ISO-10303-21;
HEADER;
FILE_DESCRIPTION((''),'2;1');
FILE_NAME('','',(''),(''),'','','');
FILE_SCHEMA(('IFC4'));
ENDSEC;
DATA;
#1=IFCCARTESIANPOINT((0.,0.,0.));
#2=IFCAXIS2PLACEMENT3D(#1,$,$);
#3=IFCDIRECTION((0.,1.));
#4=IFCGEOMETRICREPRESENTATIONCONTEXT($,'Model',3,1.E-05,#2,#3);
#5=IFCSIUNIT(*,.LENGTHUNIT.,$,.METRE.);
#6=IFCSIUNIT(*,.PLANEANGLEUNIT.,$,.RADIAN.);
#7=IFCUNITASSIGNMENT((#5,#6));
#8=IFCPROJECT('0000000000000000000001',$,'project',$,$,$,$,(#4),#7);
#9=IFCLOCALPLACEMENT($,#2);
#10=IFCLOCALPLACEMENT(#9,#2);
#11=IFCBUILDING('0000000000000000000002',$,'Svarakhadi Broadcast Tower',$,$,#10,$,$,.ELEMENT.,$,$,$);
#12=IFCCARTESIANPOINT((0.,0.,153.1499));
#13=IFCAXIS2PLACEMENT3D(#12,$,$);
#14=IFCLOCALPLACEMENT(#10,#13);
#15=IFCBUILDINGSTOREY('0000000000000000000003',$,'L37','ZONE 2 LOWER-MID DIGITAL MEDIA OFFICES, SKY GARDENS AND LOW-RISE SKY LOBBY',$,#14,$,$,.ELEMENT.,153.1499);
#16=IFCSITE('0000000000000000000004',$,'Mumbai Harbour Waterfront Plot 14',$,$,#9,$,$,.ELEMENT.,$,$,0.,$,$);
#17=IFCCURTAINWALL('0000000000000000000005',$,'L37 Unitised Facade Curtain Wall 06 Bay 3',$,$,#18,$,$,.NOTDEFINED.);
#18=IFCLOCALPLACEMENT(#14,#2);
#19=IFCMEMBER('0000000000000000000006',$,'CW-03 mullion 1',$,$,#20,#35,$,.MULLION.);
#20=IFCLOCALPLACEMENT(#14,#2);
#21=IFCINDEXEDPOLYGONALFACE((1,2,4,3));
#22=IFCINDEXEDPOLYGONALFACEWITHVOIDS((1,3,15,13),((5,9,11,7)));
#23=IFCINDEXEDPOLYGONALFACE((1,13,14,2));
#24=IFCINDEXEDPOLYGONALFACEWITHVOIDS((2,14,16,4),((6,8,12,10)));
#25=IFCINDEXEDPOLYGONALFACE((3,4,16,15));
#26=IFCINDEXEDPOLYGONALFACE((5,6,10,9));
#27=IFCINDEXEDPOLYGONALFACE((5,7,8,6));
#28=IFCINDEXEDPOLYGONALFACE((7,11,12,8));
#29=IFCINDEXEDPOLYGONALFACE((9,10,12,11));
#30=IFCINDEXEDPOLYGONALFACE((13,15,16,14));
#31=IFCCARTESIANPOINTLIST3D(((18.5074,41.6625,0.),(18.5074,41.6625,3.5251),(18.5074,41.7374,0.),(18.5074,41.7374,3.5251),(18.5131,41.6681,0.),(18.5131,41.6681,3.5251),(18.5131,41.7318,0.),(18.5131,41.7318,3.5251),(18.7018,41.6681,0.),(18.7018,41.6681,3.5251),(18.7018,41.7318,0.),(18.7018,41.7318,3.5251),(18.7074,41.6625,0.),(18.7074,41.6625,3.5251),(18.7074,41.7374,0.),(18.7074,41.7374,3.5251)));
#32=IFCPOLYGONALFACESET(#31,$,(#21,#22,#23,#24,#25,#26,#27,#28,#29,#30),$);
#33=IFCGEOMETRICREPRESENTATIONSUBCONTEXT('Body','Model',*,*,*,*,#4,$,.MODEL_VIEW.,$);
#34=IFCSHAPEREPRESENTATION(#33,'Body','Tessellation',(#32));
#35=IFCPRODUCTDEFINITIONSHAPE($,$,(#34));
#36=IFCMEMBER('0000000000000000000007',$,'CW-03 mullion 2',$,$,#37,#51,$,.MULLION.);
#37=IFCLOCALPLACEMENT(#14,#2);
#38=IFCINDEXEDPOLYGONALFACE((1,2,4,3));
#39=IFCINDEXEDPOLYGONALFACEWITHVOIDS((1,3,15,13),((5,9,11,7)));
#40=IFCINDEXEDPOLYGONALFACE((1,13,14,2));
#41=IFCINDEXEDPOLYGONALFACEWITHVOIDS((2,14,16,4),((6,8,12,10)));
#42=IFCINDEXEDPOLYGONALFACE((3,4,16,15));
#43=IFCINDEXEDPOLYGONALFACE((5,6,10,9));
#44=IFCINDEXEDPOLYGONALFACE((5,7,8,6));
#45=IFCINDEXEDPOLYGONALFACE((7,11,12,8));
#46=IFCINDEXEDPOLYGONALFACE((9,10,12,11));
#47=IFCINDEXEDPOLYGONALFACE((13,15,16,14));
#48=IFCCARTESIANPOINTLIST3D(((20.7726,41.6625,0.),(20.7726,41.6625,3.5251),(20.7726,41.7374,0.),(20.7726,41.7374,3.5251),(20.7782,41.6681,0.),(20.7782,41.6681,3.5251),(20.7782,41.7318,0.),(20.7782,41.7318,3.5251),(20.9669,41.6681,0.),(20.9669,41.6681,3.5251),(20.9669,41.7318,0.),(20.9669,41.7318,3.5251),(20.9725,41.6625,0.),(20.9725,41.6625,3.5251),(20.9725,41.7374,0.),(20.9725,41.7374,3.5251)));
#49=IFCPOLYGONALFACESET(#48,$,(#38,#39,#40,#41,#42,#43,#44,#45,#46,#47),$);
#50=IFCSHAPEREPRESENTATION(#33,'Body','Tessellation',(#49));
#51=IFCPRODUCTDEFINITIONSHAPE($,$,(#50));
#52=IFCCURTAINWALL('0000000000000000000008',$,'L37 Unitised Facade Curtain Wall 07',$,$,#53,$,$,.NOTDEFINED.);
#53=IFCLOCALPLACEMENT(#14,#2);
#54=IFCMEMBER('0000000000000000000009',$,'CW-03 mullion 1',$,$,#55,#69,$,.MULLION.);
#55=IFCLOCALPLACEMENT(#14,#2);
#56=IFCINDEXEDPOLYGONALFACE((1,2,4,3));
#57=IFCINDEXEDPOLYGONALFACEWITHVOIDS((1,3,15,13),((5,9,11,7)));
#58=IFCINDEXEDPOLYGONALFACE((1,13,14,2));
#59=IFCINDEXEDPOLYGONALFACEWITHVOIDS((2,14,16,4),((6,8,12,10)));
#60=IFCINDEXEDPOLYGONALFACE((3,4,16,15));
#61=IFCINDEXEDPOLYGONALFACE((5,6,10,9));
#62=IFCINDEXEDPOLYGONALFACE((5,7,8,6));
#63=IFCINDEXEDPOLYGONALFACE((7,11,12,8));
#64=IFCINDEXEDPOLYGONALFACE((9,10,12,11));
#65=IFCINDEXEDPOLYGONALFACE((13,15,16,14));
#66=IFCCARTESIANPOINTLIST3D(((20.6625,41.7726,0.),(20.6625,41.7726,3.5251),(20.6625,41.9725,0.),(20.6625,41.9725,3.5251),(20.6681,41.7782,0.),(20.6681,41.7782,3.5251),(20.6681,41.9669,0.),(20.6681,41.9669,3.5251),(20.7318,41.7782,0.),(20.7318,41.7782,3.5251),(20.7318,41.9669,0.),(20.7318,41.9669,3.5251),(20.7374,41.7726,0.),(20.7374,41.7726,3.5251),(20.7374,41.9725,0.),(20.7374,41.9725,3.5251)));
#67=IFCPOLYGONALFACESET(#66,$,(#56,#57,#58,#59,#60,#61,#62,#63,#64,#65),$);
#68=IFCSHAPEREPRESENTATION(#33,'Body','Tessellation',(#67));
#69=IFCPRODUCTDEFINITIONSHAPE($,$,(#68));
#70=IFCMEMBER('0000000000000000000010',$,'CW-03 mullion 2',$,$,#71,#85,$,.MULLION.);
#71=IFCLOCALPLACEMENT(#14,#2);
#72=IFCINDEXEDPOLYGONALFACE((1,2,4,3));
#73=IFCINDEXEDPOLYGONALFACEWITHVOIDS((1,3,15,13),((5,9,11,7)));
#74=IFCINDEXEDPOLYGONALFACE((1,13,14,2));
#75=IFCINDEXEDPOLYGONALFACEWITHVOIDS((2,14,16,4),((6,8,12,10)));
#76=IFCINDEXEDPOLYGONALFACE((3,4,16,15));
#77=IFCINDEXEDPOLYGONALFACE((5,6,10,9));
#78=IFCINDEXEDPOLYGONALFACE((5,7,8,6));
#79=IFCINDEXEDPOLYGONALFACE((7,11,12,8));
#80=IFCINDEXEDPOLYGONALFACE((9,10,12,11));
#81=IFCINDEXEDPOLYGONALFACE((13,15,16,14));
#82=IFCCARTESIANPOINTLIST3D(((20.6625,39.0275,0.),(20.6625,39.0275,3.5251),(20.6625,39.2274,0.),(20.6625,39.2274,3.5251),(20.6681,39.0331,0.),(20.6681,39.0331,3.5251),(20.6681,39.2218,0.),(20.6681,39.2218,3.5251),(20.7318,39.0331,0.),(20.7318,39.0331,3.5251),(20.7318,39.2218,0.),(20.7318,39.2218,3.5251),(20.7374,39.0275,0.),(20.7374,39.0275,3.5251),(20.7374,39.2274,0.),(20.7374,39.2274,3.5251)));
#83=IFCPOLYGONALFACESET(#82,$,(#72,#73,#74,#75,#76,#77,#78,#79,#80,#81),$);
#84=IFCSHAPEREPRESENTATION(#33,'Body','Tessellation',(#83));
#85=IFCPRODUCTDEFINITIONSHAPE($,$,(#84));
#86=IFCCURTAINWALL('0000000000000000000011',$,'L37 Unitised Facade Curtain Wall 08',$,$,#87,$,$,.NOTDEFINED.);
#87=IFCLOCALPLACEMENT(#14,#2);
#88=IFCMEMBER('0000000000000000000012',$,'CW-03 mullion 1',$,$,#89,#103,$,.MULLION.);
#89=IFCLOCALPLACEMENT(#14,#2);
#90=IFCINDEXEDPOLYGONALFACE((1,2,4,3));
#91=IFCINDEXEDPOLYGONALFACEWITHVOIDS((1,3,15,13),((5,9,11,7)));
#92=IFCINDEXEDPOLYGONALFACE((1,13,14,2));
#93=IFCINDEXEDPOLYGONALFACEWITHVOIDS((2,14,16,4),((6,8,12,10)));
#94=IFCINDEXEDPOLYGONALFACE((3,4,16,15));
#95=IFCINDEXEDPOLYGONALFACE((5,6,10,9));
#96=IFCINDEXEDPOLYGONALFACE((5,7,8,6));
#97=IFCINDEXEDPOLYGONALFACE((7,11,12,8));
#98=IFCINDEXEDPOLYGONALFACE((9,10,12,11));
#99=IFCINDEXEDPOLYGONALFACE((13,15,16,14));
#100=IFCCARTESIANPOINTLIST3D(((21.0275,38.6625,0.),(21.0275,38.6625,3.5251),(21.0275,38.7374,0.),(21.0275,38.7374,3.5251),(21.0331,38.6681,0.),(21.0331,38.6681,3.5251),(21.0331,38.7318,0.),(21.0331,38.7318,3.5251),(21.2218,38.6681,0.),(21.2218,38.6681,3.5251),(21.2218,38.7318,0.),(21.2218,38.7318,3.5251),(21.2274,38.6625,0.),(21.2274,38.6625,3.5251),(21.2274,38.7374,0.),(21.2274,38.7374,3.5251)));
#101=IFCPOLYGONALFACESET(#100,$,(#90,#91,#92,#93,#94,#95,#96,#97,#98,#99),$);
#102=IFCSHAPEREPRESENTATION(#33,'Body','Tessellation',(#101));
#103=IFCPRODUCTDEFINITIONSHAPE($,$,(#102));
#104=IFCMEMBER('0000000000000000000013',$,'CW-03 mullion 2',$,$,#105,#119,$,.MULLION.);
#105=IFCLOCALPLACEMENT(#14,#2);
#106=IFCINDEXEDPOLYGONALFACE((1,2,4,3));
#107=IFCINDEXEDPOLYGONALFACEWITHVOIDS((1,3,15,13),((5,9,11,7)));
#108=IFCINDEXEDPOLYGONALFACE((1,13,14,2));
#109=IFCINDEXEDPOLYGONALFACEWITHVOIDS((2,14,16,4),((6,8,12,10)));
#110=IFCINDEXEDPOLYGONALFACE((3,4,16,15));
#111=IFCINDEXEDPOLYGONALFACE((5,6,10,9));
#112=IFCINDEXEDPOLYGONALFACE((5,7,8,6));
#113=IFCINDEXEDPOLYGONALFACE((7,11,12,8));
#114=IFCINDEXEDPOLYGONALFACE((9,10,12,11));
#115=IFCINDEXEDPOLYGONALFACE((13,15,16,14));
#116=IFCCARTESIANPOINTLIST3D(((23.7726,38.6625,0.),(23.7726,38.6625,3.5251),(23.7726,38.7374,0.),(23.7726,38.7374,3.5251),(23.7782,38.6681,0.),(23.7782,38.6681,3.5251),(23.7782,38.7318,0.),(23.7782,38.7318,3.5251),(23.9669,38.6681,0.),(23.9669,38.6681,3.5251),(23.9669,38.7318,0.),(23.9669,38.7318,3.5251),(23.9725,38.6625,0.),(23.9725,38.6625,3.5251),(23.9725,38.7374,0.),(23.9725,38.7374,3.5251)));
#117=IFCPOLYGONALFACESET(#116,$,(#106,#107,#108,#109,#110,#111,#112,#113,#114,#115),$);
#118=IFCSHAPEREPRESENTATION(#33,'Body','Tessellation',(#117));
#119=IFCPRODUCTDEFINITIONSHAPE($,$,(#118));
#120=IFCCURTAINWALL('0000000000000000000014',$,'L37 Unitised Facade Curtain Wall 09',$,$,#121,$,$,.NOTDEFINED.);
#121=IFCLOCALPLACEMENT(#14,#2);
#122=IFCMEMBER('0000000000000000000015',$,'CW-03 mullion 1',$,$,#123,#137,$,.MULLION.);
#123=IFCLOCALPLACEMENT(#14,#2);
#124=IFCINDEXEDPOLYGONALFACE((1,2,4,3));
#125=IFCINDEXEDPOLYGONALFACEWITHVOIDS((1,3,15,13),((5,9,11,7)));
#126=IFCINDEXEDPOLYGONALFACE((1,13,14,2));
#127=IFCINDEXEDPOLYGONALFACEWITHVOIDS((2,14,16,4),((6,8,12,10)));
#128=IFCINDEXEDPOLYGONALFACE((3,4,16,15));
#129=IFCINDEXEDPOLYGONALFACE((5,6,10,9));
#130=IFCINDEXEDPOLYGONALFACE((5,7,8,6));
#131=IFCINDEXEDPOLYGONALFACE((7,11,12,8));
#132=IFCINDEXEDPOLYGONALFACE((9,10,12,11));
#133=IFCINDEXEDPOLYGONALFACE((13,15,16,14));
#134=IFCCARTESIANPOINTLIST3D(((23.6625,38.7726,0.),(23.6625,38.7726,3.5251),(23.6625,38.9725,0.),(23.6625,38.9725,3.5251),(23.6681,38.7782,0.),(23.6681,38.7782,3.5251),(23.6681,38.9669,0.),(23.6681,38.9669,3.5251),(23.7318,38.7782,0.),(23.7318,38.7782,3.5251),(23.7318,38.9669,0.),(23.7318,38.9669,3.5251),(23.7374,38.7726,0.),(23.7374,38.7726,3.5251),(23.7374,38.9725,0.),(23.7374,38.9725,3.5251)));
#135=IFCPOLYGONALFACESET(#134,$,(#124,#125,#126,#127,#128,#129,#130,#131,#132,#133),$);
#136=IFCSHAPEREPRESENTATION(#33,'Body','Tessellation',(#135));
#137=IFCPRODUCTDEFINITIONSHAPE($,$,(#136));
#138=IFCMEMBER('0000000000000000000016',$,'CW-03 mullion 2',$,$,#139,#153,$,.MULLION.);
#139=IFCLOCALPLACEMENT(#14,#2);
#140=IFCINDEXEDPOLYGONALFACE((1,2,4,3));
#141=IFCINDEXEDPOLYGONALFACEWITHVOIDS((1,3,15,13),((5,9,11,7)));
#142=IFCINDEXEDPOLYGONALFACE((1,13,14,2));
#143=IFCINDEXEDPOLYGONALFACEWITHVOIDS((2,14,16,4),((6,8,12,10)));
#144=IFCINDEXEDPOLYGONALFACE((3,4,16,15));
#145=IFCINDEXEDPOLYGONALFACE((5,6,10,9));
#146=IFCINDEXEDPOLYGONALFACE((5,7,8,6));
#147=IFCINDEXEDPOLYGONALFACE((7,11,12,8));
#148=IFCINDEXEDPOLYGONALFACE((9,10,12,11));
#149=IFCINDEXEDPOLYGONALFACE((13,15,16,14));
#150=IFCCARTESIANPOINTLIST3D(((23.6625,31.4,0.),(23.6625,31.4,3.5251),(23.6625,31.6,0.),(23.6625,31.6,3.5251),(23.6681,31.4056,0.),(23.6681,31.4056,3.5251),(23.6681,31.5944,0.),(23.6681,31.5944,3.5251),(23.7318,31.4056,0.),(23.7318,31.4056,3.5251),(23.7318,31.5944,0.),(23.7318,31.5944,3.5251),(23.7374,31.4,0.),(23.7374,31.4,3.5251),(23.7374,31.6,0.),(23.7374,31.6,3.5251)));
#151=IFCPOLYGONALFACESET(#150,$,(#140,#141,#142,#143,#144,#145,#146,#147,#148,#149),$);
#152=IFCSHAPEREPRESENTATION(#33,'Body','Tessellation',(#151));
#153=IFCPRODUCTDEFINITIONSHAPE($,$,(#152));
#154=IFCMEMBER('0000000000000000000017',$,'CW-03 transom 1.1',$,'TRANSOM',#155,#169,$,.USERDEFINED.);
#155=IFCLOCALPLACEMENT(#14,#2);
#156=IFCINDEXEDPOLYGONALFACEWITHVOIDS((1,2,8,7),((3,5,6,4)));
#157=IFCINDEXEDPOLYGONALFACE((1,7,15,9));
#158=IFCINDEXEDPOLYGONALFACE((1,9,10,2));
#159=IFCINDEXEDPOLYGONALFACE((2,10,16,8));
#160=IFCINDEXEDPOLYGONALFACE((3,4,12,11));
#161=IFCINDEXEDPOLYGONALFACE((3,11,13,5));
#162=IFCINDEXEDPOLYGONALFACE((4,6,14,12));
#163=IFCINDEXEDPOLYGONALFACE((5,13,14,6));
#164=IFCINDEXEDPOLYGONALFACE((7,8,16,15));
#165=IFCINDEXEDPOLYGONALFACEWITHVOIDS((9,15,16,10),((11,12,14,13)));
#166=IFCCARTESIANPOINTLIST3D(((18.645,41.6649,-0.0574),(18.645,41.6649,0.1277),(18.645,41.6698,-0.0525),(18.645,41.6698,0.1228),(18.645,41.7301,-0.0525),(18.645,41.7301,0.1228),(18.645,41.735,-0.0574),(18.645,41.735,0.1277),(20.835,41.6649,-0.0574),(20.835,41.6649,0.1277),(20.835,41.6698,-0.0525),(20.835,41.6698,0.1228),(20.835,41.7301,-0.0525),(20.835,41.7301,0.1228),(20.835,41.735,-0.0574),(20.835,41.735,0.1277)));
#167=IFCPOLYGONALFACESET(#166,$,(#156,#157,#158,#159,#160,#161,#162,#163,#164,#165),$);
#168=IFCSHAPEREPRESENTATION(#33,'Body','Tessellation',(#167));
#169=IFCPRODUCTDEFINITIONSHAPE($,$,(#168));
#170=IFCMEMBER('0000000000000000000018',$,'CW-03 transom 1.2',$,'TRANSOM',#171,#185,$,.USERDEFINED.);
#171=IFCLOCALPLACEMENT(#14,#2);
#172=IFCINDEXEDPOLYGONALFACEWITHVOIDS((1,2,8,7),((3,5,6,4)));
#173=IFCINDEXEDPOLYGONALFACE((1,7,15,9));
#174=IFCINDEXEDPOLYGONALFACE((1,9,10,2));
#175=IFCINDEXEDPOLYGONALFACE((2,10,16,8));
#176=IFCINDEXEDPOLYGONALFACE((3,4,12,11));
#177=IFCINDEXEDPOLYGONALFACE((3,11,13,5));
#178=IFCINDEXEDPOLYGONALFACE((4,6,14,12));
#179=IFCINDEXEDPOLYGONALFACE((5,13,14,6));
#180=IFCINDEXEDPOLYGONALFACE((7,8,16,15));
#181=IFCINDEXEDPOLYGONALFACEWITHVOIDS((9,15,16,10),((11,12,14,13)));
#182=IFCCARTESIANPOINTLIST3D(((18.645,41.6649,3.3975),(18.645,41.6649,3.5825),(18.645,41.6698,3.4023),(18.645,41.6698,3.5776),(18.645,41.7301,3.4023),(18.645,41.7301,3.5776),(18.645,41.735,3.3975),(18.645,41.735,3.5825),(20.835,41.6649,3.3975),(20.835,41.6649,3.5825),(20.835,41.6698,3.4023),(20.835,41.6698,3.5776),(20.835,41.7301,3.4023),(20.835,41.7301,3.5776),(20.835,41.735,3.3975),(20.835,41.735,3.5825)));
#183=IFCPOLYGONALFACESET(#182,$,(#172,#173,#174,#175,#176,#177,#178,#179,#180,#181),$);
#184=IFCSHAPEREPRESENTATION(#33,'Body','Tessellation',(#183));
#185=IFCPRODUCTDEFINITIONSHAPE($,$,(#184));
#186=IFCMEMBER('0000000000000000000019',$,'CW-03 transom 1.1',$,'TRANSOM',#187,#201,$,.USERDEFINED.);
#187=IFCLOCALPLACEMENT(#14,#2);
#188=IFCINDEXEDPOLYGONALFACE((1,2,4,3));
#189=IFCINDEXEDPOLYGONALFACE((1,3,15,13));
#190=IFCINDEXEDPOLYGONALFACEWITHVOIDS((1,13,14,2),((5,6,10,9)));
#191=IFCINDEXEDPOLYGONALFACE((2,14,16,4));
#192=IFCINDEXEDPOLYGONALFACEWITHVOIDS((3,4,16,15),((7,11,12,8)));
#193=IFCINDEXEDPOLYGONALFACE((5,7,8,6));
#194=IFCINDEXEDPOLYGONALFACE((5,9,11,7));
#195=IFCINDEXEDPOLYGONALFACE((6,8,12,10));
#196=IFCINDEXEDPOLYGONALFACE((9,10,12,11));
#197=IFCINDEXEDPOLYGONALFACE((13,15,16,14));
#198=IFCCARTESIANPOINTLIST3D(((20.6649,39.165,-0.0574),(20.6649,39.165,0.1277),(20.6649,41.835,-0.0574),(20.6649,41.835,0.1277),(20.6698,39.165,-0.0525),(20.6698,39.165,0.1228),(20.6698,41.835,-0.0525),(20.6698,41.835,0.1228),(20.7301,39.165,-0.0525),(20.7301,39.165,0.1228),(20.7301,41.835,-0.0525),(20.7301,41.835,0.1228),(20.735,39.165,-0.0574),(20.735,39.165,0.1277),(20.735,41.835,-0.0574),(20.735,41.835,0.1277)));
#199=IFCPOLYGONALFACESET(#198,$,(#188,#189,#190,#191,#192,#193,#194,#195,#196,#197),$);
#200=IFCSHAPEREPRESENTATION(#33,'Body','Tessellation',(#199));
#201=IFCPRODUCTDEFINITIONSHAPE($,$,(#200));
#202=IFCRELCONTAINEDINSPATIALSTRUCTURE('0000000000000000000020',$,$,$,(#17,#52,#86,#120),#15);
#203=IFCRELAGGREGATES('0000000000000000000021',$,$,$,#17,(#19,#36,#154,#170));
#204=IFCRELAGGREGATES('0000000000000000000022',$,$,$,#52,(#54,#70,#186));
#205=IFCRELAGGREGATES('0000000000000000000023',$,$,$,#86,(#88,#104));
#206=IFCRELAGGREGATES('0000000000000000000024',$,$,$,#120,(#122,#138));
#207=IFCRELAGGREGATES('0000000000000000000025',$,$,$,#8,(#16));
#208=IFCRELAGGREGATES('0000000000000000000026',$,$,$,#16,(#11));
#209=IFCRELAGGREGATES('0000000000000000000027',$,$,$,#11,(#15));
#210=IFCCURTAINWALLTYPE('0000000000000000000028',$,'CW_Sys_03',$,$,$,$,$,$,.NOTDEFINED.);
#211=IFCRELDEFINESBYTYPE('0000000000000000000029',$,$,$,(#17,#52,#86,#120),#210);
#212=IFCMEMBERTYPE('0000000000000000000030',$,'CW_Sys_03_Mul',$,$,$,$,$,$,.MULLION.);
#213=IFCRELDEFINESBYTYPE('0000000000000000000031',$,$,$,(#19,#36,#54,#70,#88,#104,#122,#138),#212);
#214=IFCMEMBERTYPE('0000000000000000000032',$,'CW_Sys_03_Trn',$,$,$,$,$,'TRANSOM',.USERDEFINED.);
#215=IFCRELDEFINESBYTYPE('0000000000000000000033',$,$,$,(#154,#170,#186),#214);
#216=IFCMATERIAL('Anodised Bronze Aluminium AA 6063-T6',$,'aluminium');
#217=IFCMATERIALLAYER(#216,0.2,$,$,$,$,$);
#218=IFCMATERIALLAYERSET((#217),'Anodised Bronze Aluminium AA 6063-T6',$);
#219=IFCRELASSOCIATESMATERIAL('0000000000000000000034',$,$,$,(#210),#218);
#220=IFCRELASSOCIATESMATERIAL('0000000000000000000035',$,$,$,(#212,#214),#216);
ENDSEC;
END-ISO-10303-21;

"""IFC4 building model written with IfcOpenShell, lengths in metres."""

from ifc_helpers import new_model, si_unit, direction, frame, origin, origin_2d, place, context, subcontext, project, spatial, hollow_rectangle, extrude, material, layer, layer_set, material_profile, profile_set, type_object, element, aggregate, save


model = new_model("IFC4")

# Units and contexts
model_context = context("Model", 3, precision=1e-05, world=origin(), true_north=direction((0.0, 1.0)))
body_context = subcontext(model_context, "Body", "Model", "MODEL_VIEW")
ifc_project = project(units=[si_unit("LENGTHUNIT", "METRE"), si_unit("PLANEANGLEUNIT", "RADIAN")], contexts=[model_context])

# Site, building, storey
site_placement = place(None, origin())
site = spatial("IfcSite", under=ifc_project, at=site_placement, Name="Mumbai Harbour Waterfront Plot 14", CompositionType="ELEMENT", RefElevation=0.0)
building_placement = place(site_placement, origin())
building = spatial("IfcBuilding", under=site, at=building_placement, Name="Svarakhadi Broadcast Tower", CompositionType="ELEMENT")
storey_placement = place(building_placement, frame((0.0, 0.0, 153.1499)))
storey = spatial("IfcBuildingStorey", under=building, at=storey_placement, Name="L37", Description="ZONE 2 LOWER-MID DIGITAL MEDIA OFFICES, SKY GARDENS AND LOW-RISE SKY LOBBY", CompositionType="ELEMENT", Elevation=153.1499)

# Curtain walls, members
ifc_material_1 = material(Name="Anodised Bronze Aluminium AA 6063-T6", Category="aluminium")
ifc_layer_1 = layer(ifc_material_1, 0.2)
ifc_layer_set_1 = layer_set([ifc_layer_1], Name="Anodised Bronze Aluminium AA 6063-T6")
curtain_wall_type = type_object("IfcCurtainWallType", Name="CW_Sys_03", PredefinedType="NOTDEFINED", material=ifc_layer_set_1)
curtain_wall_1_placement = place(storey_placement, origin())
curtain_wall_1 = element("IfcCurtainWall", 1, at=curtain_wall_1_placement, inside=storey, type_object=curtain_wall_type, Name="L37 Unitised Facade Curtain Wall 06 Bay 3", PredefinedType="NOTDEFINED")
ifc_material_profile_1 = material_profile(ifc_material_1, hollow_rectangle(XDim=0.075, YDim=0.2, WallThickness=0.0056, at=origin_2d()), Name="ALU MULLION 200x75x6")
ifc_profile_set_1 = profile_set([ifc_material_profile_1], Name="Anodised Bronze Aluminium AA 6063-T6")
member_type_1 = type_object("IfcMemberType", Name="CW_Sys_03_Mul", PredefinedType="MULLION", material=ifc_profile_set_1)
member_1_placement = place(storey_placement, frame((18.6074, 41.7, 0.0), z_axis=(0.0, 0.0, 1.0), x_axis=(0.0, 1.0, 0.0)))
member_1 = element("IfcMember", 2, at=member_1_placement, type_object=member_type_1, Name="CW-03 mullion 1", PredefinedType="MULLION", context=body_context, shape_type="SweptSolid", body=[
    extrude(hollow_rectangle(XDim=0.075, YDim=0.2, WallThickness=0.0056, at=origin_2d()), origin(), (0.0, 0.0, 1.0), 3.5251),
])
member_2_placement = place(storey_placement, frame((20.8726, 41.7, 0.0), z_axis=(0.0, 0.0, 1.0), x_axis=(0.0, 1.0, 0.0)))
member_2 = element("IfcMember", 3, at=member_2_placement, type_object=member_type_1, Name="CW-03 mullion 2", PredefinedType="MULLION", context=body_context, shape_type="SweptSolid", body=[
    extrude(hollow_rectangle(XDim=0.075, YDim=0.2, WallThickness=0.0056, at=origin_2d()), origin(), (0.0, 0.0, 1.0), 3.5251),
])
curtain_wall_2_placement = place(storey_placement, origin())
curtain_wall_2 = element("IfcCurtainWall", 4, at=curtain_wall_2_placement, inside=storey, type_object=curtain_wall_type, Name="L37 Unitised Facade Curtain Wall 07", PredefinedType="NOTDEFINED")
member_3_placement = place(storey_placement, frame((20.7, 41.8726, 0.0), z_axis=(0.0, 0.0, 1.0), x_axis=(1.0, 0.0, 0.0)))
member_3 = element("IfcMember", 5, at=member_3_placement, type_object=member_type_1, Name="CW-03 mullion 1", PredefinedType="MULLION", context=body_context, shape_type="SweptSolid", body=[
    extrude(hollow_rectangle(XDim=0.075, YDim=0.2, WallThickness=0.0056, at=origin_2d()), origin(), (0.0, 0.0, 1.0), 3.5251),
])
member_4_placement = place(storey_placement, frame((20.7, 39.1274, 0.0), z_axis=(0.0, 0.0, 1.0), x_axis=(1.0, 0.0, 0.0)))
member_4 = element("IfcMember", 6, at=member_4_placement, type_object=member_type_1, Name="CW-03 mullion 2", PredefinedType="MULLION", context=body_context, shape_type="SweptSolid", body=[
    extrude(hollow_rectangle(XDim=0.075, YDim=0.2, WallThickness=0.0056, at=origin_2d()), origin(), (0.0, 0.0, 1.0), 3.5251),
])
curtain_wall_3_placement = place(storey_placement, origin())
curtain_wall_3 = element("IfcCurtainWall", 7, at=curtain_wall_3_placement, inside=storey, type_object=curtain_wall_type, Name="L37 Unitised Facade Curtain Wall 08", PredefinedType="NOTDEFINED")
member_5_placement = place(storey_placement, frame((21.1274, 38.7, 0.0), z_axis=(0.0, 0.0, 1.0), x_axis=(0.0, 1.0, 0.0)))
member_5 = element("IfcMember", 8, at=member_5_placement, type_object=member_type_1, Name="CW-03 mullion 1", PredefinedType="MULLION", context=body_context, shape_type="SweptSolid", body=[
    extrude(hollow_rectangle(XDim=0.075, YDim=0.2, WallThickness=0.0056, at=origin_2d()), origin(), (0.0, 0.0, 1.0), 3.5251),
])
member_6_placement = place(storey_placement, frame((23.8726, 38.7, 0.0), z_axis=(0.0, 0.0, 1.0), x_axis=(0.0, 1.0, 0.0)))
member_6 = element("IfcMember", 9, at=member_6_placement, type_object=member_type_1, Name="CW-03 mullion 2", PredefinedType="MULLION", context=body_context, shape_type="SweptSolid", body=[
    extrude(hollow_rectangle(XDim=0.075, YDim=0.2, WallThickness=0.0056, at=origin_2d()), origin(), (0.0, 0.0, 1.0), 3.5251),
])
curtain_wall_4_placement = place(storey_placement, origin())
curtain_wall_4 = element("IfcCurtainWall", 10, at=curtain_wall_4_placement, inside=storey, type_object=curtain_wall_type, Name="L37 Unitised Facade Curtain Wall 09", PredefinedType="NOTDEFINED")
member_7_placement = place(storey_placement, frame((23.7, 38.8726, 0.0), z_axis=(0.0, 0.0, 1.0), x_axis=(1.0, 0.0, 0.0)))
member_7 = element("IfcMember", 11, at=member_7_placement, type_object=member_type_1, Name="CW-03 mullion 1", PredefinedType="MULLION", context=body_context, shape_type="SweptSolid", body=[
    extrude(hollow_rectangle(XDim=0.075, YDim=0.2, WallThickness=0.0056, at=origin_2d()), origin(), (0.0, 0.0, 1.0), 3.5251),
])
member_8_placement = place(storey_placement, frame((23.7, 31.5, 0.0), z_axis=(0.0, 0.0, 1.0), x_axis=(1.0, 0.0, 0.0)))
member_8 = element("IfcMember", 12, at=member_8_placement, type_object=member_type_1, Name="CW-03 mullion 2", PredefinedType="MULLION", context=body_context, shape_type="SweptSolid", body=[
    extrude(hollow_rectangle(XDim=0.075, YDim=0.2, WallThickness=0.0056, at=origin_2d()), origin(), (0.0, 0.0, 1.0), 3.5251),
])

# Members
ifc_material_profile_2 = material_profile(ifc_material_1, hollow_rectangle(XDim=0.0701, YDim=0.1851, WallThickness=0.0049, at=origin_2d()), Name="ALU TRANSOM 185x70x5")
ifc_profile_set_2 = profile_set([ifc_material_profile_2], Name="Anodised Bronze Aluminium AA 6063-T6")
member_type_2 = type_object("IfcMemberType", Name="CW_Sys_03_Trn", ElementType="TRANSOM", PredefinedType="USERDEFINED", material=ifc_profile_set_2)
member_9_placement = place(storey_placement, frame((18.645, 41.7, 0.0352), z_axis=(1.0, 0.0, 0.0), x_axis=(0.0, 1.0, 0.0)))
member_9 = element("IfcMember", 13, at=member_9_placement, type_object=member_type_2, Name="CW-03 transom 1.1", ObjectType="TRANSOM", PredefinedType="USERDEFINED", context=body_context, shape_type="SweptSolid", body=[
    extrude(hollow_rectangle(XDim=0.0701, YDim=0.1851, WallThickness=0.0049, at=origin_2d()), origin(), (0.0, 0.0, 1.0), 2.1899),
])
member_10_placement = place(storey_placement, frame((18.645, 41.7, 3.49), z_axis=(1.0, 0.0, 0.0), x_axis=(0.0, 1.0, 0.0)))
member_10 = element("IfcMember", 14, at=member_10_placement, type_object=member_type_2, Name="CW-03 transom 1.2", ObjectType="TRANSOM", PredefinedType="USERDEFINED", context=body_context, shape_type="SweptSolid", body=[
    extrude(hollow_rectangle(XDim=0.0701, YDim=0.1851, WallThickness=0.0049, at=origin_2d()), origin(), (0.0, 0.0, 1.0), 2.1899),
])
member_11_placement = place(storey_placement, frame((20.7, 41.835, 0.0352), z_axis=(0.0, -1.0, 0.0), x_axis=(1.0, 0.0, 0.0)))
member_11 = element("IfcMember", 15, at=member_11_placement, type_object=member_type_2, Name="CW-03 transom 1.1", ObjectType="TRANSOM", PredefinedType="USERDEFINED", context=body_context, shape_type="SweptSolid", body=[
    extrude(hollow_rectangle(XDim=0.0701, YDim=0.1851, WallThickness=0.0049, at=origin_2d()), origin(), (0.0, 0.0, 1.0), 2.6699),
])

aggregate(curtain_wall_1, [member_1, member_2, member_9, member_10])
aggregate(curtain_wall_2, [member_3, member_4, member_11])
aggregate(curtain_wall_3, [member_5, member_6])
aggregate(curtain_wall_4, [member_7, member_8])

save(model, "model.ifc")
